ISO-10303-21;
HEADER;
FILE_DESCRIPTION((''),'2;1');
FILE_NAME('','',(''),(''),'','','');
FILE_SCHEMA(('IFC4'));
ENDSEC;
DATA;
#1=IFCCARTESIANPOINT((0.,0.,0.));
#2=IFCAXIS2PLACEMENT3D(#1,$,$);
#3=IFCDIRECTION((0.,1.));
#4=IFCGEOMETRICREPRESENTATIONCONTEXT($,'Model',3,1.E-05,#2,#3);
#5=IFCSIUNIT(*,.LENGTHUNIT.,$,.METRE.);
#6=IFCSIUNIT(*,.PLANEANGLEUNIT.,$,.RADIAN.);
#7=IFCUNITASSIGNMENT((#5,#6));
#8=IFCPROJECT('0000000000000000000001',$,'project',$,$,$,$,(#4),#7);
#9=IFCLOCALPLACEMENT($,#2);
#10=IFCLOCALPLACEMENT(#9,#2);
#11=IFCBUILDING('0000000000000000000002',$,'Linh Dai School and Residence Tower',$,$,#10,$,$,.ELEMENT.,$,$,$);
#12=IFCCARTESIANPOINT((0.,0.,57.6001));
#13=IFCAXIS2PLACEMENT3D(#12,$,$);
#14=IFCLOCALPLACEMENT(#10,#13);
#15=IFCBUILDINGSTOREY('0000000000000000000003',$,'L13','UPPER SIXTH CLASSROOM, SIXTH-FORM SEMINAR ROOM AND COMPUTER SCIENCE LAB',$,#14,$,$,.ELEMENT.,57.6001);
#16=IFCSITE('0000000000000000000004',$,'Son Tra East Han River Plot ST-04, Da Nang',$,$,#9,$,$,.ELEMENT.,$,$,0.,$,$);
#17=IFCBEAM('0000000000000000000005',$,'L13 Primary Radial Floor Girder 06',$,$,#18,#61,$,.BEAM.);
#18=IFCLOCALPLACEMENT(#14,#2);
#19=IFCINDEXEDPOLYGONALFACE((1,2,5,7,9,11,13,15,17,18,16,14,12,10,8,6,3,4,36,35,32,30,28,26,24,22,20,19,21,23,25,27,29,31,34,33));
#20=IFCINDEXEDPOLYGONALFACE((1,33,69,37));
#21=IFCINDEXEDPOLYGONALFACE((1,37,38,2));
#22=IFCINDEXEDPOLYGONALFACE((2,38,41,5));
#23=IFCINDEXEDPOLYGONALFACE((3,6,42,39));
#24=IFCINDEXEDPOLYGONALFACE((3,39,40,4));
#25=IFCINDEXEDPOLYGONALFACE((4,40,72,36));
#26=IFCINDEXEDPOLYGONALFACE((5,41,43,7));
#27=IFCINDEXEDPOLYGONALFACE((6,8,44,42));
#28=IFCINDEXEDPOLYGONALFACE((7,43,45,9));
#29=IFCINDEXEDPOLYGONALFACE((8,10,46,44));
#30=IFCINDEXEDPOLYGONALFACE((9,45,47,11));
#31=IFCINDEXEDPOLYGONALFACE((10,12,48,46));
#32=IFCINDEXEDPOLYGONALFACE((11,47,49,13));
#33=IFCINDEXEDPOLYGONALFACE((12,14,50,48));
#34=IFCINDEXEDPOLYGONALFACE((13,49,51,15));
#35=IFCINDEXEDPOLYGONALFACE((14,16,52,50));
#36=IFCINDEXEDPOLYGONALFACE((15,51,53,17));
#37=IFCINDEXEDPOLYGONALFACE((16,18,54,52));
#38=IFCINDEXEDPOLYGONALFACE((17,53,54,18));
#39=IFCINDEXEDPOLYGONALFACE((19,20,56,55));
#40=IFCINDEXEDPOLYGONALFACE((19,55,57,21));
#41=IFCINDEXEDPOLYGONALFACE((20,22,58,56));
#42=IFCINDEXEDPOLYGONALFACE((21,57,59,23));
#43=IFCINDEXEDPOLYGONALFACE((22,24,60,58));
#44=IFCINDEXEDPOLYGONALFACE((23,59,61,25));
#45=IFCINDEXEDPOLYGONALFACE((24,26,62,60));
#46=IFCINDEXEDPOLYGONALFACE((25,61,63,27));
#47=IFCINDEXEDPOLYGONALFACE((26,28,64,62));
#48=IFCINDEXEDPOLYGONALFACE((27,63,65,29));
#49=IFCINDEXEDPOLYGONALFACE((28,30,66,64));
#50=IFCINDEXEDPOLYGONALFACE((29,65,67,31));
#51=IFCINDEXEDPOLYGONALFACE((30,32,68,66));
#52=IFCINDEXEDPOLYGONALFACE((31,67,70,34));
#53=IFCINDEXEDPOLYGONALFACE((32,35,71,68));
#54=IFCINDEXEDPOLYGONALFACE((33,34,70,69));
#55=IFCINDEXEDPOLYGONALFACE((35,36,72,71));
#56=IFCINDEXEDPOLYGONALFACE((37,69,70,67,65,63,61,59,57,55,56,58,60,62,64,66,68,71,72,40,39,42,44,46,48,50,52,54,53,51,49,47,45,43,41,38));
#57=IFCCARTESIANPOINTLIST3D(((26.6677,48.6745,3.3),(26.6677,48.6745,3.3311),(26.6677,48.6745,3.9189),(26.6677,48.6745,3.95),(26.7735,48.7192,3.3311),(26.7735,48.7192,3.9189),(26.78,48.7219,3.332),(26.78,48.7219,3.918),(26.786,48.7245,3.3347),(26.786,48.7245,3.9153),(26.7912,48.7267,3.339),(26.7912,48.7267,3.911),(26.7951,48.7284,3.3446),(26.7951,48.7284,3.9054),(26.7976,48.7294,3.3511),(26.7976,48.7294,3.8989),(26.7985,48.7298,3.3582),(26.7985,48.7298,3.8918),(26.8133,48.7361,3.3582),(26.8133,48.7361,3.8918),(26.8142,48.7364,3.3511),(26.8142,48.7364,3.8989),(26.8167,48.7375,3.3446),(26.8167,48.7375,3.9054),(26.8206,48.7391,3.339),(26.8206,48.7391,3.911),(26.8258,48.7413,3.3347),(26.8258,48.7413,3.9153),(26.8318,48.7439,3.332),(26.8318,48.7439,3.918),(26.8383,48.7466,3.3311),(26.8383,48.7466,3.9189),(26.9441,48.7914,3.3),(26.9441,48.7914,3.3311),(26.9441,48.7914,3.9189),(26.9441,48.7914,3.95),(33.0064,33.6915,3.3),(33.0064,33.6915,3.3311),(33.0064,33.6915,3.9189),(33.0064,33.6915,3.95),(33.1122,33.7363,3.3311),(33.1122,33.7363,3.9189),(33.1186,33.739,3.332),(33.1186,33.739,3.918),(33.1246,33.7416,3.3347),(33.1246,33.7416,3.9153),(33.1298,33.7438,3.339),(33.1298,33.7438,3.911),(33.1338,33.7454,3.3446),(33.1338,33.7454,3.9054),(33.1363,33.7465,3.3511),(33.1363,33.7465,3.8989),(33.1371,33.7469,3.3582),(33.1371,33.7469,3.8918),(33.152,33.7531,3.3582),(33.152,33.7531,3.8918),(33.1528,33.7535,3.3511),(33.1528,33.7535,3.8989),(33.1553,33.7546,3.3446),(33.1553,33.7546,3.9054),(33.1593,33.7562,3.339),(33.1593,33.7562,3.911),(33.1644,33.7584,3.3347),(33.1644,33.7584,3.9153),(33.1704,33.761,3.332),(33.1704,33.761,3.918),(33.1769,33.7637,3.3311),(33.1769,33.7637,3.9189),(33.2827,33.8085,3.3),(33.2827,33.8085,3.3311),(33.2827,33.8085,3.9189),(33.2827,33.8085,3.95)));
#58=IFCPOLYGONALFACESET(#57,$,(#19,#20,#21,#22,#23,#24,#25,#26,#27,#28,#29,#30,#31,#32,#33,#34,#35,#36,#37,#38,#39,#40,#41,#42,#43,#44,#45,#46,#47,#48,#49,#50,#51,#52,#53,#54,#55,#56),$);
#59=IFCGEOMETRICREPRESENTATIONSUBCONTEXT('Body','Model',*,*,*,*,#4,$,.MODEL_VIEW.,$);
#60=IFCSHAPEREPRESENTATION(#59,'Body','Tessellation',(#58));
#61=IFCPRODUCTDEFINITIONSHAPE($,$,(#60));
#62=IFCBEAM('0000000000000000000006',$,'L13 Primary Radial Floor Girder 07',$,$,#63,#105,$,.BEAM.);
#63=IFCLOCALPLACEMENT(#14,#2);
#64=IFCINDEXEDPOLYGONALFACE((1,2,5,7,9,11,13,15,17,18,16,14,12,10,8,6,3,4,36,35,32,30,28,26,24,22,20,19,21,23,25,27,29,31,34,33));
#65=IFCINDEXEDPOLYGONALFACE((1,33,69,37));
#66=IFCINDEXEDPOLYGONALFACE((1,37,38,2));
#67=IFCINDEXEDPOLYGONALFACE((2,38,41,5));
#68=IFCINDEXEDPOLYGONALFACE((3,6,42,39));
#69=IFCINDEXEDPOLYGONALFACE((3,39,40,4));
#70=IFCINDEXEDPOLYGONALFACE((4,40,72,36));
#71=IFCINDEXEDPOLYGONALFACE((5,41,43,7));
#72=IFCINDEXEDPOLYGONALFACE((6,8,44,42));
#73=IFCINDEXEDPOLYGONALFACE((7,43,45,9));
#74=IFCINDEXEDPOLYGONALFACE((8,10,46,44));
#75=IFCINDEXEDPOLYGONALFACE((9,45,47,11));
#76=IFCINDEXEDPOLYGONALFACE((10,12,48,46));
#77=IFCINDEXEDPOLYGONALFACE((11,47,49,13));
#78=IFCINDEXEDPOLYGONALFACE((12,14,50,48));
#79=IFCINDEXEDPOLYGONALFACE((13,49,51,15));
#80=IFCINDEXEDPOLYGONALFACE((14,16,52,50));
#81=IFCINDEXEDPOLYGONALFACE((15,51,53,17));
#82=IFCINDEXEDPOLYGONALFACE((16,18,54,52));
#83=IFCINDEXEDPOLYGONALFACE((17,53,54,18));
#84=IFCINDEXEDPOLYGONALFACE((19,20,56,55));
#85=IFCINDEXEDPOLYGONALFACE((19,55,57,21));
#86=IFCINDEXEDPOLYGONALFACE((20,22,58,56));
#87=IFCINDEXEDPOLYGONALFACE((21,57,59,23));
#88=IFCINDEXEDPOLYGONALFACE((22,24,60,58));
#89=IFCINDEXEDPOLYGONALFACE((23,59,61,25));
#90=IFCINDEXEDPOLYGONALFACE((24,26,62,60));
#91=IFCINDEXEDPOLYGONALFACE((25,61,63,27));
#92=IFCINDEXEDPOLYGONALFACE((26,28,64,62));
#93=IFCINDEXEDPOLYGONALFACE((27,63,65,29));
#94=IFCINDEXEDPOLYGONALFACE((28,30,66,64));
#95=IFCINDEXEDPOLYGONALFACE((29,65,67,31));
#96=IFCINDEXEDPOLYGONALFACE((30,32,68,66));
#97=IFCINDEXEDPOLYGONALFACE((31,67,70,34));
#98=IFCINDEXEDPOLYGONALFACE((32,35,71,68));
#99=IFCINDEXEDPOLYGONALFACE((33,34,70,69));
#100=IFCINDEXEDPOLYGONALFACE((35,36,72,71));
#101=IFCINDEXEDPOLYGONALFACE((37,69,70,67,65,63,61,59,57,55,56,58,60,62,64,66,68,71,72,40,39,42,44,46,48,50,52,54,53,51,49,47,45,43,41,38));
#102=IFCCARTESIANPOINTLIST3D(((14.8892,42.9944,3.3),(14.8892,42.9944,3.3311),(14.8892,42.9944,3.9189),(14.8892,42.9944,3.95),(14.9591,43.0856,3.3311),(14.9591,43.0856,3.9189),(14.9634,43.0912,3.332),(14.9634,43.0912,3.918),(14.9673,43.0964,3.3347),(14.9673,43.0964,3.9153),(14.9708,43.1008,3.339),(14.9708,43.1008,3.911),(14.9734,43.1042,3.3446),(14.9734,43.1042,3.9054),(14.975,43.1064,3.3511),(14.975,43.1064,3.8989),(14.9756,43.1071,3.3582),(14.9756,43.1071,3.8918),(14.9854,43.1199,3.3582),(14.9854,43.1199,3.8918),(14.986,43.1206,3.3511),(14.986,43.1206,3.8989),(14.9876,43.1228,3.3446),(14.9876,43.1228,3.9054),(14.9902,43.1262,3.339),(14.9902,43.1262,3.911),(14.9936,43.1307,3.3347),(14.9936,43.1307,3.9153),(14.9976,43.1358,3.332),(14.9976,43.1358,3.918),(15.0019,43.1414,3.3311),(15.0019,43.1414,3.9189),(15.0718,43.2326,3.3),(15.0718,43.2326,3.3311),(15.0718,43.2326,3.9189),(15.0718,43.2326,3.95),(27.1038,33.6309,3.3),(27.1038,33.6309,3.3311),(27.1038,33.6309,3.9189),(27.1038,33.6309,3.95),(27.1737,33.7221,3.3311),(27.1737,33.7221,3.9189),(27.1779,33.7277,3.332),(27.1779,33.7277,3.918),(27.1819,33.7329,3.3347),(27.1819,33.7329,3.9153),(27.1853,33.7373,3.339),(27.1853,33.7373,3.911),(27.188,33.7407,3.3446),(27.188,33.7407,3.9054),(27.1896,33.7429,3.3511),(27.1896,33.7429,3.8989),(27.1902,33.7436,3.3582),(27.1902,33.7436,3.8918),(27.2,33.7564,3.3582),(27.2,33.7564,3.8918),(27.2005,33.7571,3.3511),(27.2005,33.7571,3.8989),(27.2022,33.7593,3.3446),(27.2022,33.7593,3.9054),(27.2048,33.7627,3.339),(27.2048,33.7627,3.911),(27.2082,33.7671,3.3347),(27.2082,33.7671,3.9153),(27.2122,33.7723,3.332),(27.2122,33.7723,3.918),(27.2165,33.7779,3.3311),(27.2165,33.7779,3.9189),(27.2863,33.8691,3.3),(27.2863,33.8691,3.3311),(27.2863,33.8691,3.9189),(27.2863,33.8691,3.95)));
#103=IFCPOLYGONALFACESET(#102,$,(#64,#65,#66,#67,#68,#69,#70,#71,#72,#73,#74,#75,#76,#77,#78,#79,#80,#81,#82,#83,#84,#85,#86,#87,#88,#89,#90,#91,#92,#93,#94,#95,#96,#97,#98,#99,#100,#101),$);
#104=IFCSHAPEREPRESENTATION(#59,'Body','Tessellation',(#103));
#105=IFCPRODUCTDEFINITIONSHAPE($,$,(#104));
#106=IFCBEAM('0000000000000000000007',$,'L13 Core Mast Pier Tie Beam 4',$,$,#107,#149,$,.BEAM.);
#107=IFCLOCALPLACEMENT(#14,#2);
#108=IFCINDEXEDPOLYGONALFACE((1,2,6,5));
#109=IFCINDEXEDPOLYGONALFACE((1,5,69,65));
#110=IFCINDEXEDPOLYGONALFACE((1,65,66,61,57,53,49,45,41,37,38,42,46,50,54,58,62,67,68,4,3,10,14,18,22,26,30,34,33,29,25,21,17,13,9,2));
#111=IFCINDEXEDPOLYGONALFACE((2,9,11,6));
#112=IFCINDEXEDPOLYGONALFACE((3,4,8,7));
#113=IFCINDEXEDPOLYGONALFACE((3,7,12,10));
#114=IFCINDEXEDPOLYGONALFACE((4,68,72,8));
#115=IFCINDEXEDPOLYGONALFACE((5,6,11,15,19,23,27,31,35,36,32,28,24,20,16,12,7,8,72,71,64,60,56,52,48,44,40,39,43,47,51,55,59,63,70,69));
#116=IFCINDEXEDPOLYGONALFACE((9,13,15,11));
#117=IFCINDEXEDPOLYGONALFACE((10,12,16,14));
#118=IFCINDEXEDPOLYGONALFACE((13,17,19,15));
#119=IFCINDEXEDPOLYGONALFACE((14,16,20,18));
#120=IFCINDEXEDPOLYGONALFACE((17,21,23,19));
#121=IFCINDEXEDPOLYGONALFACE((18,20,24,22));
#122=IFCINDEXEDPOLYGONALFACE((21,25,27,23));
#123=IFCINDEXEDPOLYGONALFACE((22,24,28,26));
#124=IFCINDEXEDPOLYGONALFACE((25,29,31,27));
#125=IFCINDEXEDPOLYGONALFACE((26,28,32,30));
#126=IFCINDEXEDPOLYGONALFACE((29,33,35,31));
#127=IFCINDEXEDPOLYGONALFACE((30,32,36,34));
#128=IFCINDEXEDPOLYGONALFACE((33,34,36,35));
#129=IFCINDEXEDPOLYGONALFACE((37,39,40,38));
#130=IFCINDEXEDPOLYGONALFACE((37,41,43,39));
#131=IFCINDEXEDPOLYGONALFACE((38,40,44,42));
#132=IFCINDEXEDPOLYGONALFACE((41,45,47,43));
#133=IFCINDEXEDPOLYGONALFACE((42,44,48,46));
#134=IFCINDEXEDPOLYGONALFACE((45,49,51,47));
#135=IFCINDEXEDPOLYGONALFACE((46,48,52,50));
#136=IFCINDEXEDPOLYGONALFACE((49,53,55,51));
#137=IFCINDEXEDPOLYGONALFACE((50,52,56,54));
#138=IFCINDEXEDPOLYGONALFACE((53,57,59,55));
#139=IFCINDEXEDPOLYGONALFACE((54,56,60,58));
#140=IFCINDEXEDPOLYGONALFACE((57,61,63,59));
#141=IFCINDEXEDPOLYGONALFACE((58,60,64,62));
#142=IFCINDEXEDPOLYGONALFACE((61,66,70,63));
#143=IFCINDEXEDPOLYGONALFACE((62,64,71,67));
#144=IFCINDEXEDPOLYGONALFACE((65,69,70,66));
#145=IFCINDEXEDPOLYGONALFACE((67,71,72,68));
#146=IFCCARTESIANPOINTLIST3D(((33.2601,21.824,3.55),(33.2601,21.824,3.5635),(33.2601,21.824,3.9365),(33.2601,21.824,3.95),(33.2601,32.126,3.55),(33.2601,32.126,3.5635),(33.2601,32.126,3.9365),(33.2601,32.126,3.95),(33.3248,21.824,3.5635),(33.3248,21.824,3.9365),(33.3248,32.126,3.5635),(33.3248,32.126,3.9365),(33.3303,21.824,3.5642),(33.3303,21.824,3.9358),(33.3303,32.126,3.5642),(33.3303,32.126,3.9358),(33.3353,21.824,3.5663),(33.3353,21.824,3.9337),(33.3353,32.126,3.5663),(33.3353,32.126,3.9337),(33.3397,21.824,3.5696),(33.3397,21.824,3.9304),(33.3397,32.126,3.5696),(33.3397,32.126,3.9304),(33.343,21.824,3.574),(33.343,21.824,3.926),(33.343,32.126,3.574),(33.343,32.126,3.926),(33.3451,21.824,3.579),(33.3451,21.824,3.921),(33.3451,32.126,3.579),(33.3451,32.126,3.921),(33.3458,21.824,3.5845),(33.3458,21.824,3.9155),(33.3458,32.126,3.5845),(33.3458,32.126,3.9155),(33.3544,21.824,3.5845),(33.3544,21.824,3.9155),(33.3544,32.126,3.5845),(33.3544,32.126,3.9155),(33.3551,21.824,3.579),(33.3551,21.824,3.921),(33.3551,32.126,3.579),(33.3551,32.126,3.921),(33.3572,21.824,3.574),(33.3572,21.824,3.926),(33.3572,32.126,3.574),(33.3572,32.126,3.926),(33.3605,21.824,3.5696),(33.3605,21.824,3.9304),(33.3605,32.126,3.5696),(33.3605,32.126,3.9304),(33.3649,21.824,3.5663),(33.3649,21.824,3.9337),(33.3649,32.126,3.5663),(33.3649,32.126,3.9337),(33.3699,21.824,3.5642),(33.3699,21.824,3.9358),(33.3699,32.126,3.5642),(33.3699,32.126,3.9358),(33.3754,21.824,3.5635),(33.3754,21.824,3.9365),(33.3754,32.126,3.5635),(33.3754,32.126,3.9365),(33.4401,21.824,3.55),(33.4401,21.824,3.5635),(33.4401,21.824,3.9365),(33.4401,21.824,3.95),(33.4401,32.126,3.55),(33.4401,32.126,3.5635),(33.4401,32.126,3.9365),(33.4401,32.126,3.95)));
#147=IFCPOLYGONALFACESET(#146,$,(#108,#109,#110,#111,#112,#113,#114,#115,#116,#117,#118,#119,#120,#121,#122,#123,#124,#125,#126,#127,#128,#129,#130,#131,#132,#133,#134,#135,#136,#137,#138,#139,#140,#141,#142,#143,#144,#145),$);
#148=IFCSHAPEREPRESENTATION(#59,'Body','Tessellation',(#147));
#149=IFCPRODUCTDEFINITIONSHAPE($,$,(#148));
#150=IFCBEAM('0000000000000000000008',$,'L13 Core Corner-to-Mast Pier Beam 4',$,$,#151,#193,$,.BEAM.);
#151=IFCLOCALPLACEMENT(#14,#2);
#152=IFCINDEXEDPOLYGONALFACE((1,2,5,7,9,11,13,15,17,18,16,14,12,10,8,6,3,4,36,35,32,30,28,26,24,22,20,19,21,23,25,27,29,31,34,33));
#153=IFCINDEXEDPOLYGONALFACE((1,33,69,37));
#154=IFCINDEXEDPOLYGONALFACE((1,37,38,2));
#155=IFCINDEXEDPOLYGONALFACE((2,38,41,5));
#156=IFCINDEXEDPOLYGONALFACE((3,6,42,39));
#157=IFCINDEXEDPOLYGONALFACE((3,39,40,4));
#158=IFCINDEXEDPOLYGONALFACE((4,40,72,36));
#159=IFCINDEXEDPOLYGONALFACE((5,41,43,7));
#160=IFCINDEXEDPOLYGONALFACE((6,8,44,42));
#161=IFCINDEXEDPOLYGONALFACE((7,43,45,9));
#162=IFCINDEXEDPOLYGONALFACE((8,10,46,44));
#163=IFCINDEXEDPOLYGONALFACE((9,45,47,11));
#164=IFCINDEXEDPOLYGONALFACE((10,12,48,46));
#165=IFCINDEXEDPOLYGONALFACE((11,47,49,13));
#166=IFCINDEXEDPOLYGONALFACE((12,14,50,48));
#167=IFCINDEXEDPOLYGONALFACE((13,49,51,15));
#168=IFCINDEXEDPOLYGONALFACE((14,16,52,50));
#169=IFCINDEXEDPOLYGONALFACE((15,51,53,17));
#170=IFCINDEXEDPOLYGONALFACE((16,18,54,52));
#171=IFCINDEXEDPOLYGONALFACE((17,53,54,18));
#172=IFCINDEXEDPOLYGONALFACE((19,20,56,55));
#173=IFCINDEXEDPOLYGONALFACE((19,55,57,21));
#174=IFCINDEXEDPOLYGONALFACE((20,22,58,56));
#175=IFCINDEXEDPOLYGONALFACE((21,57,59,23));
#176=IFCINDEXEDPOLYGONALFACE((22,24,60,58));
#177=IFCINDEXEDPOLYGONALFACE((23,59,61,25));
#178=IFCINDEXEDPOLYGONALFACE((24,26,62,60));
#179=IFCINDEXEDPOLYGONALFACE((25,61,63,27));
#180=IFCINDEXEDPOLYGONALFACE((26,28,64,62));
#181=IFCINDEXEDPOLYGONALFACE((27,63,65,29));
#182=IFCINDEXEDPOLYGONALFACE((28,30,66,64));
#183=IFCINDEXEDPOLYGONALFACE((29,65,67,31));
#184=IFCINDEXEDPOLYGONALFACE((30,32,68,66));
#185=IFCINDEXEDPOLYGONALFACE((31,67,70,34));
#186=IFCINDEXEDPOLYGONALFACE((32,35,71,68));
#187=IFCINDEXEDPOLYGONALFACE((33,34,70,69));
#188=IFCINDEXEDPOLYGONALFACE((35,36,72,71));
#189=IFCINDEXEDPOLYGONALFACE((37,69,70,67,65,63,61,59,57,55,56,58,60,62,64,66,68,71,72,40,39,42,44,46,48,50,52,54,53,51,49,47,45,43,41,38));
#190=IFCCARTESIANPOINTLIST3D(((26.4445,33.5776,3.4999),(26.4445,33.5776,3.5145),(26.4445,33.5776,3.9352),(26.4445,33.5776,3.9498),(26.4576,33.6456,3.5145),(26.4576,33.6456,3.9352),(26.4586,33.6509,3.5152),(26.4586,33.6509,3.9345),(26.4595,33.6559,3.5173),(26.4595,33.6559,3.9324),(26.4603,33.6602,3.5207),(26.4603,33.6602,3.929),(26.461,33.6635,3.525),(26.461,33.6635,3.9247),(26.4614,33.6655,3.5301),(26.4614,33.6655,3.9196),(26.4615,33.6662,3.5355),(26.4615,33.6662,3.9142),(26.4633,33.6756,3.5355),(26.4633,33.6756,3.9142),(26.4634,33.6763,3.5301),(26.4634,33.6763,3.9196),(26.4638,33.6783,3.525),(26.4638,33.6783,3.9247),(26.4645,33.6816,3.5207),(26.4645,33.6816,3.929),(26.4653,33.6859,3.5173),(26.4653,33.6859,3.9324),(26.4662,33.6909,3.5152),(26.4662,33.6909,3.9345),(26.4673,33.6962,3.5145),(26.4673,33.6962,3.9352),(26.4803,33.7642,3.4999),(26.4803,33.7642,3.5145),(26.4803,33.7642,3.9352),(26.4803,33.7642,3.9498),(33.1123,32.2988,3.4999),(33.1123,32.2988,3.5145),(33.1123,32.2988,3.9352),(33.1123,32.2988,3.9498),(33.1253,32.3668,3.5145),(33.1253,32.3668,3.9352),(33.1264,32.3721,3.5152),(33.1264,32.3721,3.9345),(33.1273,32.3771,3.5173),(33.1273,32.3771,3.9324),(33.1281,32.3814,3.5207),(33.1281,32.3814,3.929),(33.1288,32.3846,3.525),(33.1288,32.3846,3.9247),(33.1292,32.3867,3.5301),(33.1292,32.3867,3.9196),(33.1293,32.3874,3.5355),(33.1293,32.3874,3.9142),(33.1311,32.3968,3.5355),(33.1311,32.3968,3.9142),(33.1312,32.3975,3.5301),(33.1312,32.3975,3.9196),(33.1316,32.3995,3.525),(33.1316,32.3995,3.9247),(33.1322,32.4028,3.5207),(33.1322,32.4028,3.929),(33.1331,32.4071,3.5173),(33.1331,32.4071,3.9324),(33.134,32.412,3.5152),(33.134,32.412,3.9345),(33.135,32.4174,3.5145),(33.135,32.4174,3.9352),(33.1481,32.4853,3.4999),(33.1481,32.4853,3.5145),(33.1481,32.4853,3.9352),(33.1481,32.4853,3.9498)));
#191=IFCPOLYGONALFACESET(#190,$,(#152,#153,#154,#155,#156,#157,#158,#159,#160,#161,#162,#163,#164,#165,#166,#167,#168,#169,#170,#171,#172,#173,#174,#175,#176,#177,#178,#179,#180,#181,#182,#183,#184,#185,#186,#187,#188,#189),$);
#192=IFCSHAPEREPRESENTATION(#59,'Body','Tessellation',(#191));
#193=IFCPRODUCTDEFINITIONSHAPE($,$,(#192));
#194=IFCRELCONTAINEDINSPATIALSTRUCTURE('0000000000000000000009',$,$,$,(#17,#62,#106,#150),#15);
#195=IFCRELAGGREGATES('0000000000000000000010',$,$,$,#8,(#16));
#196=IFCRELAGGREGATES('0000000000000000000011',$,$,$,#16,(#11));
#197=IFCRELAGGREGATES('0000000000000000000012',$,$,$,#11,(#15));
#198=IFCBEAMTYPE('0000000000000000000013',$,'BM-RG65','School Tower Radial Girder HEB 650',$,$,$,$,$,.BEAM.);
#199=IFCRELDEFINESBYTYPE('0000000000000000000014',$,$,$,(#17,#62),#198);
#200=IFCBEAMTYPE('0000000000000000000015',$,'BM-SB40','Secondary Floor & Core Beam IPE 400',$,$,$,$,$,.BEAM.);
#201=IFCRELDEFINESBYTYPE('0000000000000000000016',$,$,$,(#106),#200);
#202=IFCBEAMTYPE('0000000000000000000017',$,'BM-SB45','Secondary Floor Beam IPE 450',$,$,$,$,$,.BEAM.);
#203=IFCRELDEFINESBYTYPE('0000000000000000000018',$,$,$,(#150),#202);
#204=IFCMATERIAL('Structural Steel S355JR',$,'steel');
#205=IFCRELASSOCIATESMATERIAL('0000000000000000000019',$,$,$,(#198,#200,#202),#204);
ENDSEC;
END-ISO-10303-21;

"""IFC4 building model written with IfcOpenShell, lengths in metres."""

from ifc_helpers import new_model, si_unit, direction, frame, origin, origin_2d, place, context, subcontext, project, spatial, i_section, extrude, material, material_profile, profile_set, type_object, element, save


model = new_model("IFC4")

# Units and contexts
model_context = context("Model", 3, precision=1e-05, world=origin(), true_north=direction((0.0, 1.0)))
body_context = subcontext(model_context, "Body", "Model", "MODEL_VIEW")
ifc_project = project(units=[si_unit("LENGTHUNIT", "METRE"), si_unit("PLANEANGLEUNIT", "RADIAN")], contexts=[model_context])

# Site, building, storey
site_placement = place(None, origin())
site = spatial("IfcSite", under=ifc_project, at=site_placement, Name="Son Tra East Han River Plot ST-04, Da Nang", CompositionType="ELEMENT", RefElevation=0.0)
building_placement = place(site_placement, origin())
building = spatial("IfcBuilding", under=site, at=building_placement, Name="Linh Dai School and Residence Tower", CompositionType="ELEMENT")
storey_placement = place(building_placement, frame((0.0, 0.0, 57.6001)))
storey = spatial("IfcBuildingStorey", under=building, at=storey_placement, Name="L13", Description="UPPER SIXTH CLASSROOM, SIXTH-FORM SEMINAR ROOM AND COMPUTER SCIENCE LAB", CompositionType="ELEMENT", Elevation=57.6001)

# Shared definitions
ifc_material_1 = material(Name="Structural Steel S355JR", Category="steel")

# Beams
ifc_material_profile_1 = material_profile(ifc_material_1, i_section(OverallWidth=0.3, OverallDepth=0.6499, WebThickness=0.0161, FlangeThickness=0.031, FilletRadius=0.0271, at=origin_2d()), Name="HEB 650")
ifc_profile_set_1 = profile_set([ifc_material_profile_1], Name="Structural Steel S355JR")
beam_type_1 = type_object("IfcBeamType", Name="BM-RG65", Description="School Tower Radial Girder HEB 650", PredefinedType="BEAM", material=ifc_profile_set_1)
beam_1_placement = place(storey_placement, frame((33.1445, 33.75, 3.625), z_axis=(-0.389624, 0.920974, 0.0), x_axis=(-0.920974, -0.389624, 0.0)))
element("IfcBeam", 1, at=beam_1_placement, inside=storey, type_object=beam_type_1, Name="L13 Primary Radial Floor Girder 06", PredefinedType="BEAM", context=body_context, shape_type="SweptSolid", body=[
    extrude(i_section(OverallWidth=0.3, OverallDepth=0.6499, WebThickness=0.0161, FlangeThickness=0.031, FilletRadius=0.0271, at=origin_2d()), origin(), (0.0, 0.0, 1.0), 16.2686),
])
beam_2_placement = place(storey_placement, frame((27.1951, 33.75, 3.625), z_axis=(-0.793638, 0.608391, 0.0), x_axis=(-0.608391, -0.793638, 0.0)))
element("IfcBeam", 2, at=beam_2_placement, inside=storey, type_object=beam_type_1, Name="L13 Primary Radial Floor Girder 07", PredefinedType="BEAM", context=body_context, shape_type="SweptSolid", body=[
    extrude(i_section(OverallWidth=0.3, OverallDepth=0.6499, WebThickness=0.0161, FlangeThickness=0.031, FilletRadius=0.0271, at=origin_2d()), origin(), (0.0, 0.0, 1.0), 15.3906),
])
ifc_material_profile_2 = material_profile(ifc_material_1, i_section(OverallWidth=0.1799, OverallDepth=0.3999, WebThickness=0.0085, FlangeThickness=0.0134, FilletRadius=0.021, at=origin_2d()), Name="IPE 400")
ifc_profile_set_2 = profile_set([ifc_material_profile_2], Name="Structural Steel S355JR")
beam_type_2 = type_object("IfcBeamType", Name="BM-SB40", Description="Secondary Floor & Core Beam IPE 400", PredefinedType="BEAM", material=ifc_profile_set_2)
beam_3_placement = place(storey_placement, frame((33.3501, 32.126, 3.75), z_axis=(0.0, -1.0, 0.0), x_axis=(1.0, 0.0, 0.0)))
element("IfcBeam", 3, at=beam_3_placement, inside=storey, type_object=beam_type_2, Name="L13 Core Mast Pier Tie Beam 4", PredefinedType="BEAM", context=body_context, shape_type="SweptSolid", body=[
    extrude(i_section(OverallWidth=0.1799, OverallDepth=0.3999, WebThickness=0.0085, FlangeThickness=0.0134, FilletRadius=0.021, at=origin_2d()), origin(), (0.0, 0.0, 1.0), 10.302),
])
ifc_material_profile_3 = material_profile(ifc_material_1, i_section(OverallWidth=0.1899, OverallDepth=0.45, WebThickness=0.0095, FlangeThickness=0.0146, FilletRadius=0.021, at=origin_2d()), Name="IPE 450")
ifc_profile_set_3 = profile_set([ifc_material_profile_3], Name="Structural Steel S355JR")
beam_type_3 = type_object("IfcBeamType", Name="BM-SB45", Description="Secondary Floor Beam IPE 450", PredefinedType="BEAM", material=ifc_profile_set_3)
beam_4_placement = place(storey_placement, frame((26.4624, 33.6709, 3.7249), z_axis=(0.9821, -0.188358, 0.0), x_axis=(0.188358, 0.9821, 0.0)))
element("IfcBeam", 4, at=beam_4_placement, inside=storey, type_object=beam_type_3, Name="L13 Core Corner-to-Mast Pier Beam 4", PredefinedType="BEAM", context=body_context, shape_type="SweptSolid", body=[
    extrude(i_section(OverallWidth=0.1899, OverallDepth=0.45, WebThickness=0.0095, FlangeThickness=0.0146, FilletRadius=0.021, at=origin_2d()), origin(), (0.0, 0.0, 1.0), 6.7893),
])

save(model, "model.ifc")
